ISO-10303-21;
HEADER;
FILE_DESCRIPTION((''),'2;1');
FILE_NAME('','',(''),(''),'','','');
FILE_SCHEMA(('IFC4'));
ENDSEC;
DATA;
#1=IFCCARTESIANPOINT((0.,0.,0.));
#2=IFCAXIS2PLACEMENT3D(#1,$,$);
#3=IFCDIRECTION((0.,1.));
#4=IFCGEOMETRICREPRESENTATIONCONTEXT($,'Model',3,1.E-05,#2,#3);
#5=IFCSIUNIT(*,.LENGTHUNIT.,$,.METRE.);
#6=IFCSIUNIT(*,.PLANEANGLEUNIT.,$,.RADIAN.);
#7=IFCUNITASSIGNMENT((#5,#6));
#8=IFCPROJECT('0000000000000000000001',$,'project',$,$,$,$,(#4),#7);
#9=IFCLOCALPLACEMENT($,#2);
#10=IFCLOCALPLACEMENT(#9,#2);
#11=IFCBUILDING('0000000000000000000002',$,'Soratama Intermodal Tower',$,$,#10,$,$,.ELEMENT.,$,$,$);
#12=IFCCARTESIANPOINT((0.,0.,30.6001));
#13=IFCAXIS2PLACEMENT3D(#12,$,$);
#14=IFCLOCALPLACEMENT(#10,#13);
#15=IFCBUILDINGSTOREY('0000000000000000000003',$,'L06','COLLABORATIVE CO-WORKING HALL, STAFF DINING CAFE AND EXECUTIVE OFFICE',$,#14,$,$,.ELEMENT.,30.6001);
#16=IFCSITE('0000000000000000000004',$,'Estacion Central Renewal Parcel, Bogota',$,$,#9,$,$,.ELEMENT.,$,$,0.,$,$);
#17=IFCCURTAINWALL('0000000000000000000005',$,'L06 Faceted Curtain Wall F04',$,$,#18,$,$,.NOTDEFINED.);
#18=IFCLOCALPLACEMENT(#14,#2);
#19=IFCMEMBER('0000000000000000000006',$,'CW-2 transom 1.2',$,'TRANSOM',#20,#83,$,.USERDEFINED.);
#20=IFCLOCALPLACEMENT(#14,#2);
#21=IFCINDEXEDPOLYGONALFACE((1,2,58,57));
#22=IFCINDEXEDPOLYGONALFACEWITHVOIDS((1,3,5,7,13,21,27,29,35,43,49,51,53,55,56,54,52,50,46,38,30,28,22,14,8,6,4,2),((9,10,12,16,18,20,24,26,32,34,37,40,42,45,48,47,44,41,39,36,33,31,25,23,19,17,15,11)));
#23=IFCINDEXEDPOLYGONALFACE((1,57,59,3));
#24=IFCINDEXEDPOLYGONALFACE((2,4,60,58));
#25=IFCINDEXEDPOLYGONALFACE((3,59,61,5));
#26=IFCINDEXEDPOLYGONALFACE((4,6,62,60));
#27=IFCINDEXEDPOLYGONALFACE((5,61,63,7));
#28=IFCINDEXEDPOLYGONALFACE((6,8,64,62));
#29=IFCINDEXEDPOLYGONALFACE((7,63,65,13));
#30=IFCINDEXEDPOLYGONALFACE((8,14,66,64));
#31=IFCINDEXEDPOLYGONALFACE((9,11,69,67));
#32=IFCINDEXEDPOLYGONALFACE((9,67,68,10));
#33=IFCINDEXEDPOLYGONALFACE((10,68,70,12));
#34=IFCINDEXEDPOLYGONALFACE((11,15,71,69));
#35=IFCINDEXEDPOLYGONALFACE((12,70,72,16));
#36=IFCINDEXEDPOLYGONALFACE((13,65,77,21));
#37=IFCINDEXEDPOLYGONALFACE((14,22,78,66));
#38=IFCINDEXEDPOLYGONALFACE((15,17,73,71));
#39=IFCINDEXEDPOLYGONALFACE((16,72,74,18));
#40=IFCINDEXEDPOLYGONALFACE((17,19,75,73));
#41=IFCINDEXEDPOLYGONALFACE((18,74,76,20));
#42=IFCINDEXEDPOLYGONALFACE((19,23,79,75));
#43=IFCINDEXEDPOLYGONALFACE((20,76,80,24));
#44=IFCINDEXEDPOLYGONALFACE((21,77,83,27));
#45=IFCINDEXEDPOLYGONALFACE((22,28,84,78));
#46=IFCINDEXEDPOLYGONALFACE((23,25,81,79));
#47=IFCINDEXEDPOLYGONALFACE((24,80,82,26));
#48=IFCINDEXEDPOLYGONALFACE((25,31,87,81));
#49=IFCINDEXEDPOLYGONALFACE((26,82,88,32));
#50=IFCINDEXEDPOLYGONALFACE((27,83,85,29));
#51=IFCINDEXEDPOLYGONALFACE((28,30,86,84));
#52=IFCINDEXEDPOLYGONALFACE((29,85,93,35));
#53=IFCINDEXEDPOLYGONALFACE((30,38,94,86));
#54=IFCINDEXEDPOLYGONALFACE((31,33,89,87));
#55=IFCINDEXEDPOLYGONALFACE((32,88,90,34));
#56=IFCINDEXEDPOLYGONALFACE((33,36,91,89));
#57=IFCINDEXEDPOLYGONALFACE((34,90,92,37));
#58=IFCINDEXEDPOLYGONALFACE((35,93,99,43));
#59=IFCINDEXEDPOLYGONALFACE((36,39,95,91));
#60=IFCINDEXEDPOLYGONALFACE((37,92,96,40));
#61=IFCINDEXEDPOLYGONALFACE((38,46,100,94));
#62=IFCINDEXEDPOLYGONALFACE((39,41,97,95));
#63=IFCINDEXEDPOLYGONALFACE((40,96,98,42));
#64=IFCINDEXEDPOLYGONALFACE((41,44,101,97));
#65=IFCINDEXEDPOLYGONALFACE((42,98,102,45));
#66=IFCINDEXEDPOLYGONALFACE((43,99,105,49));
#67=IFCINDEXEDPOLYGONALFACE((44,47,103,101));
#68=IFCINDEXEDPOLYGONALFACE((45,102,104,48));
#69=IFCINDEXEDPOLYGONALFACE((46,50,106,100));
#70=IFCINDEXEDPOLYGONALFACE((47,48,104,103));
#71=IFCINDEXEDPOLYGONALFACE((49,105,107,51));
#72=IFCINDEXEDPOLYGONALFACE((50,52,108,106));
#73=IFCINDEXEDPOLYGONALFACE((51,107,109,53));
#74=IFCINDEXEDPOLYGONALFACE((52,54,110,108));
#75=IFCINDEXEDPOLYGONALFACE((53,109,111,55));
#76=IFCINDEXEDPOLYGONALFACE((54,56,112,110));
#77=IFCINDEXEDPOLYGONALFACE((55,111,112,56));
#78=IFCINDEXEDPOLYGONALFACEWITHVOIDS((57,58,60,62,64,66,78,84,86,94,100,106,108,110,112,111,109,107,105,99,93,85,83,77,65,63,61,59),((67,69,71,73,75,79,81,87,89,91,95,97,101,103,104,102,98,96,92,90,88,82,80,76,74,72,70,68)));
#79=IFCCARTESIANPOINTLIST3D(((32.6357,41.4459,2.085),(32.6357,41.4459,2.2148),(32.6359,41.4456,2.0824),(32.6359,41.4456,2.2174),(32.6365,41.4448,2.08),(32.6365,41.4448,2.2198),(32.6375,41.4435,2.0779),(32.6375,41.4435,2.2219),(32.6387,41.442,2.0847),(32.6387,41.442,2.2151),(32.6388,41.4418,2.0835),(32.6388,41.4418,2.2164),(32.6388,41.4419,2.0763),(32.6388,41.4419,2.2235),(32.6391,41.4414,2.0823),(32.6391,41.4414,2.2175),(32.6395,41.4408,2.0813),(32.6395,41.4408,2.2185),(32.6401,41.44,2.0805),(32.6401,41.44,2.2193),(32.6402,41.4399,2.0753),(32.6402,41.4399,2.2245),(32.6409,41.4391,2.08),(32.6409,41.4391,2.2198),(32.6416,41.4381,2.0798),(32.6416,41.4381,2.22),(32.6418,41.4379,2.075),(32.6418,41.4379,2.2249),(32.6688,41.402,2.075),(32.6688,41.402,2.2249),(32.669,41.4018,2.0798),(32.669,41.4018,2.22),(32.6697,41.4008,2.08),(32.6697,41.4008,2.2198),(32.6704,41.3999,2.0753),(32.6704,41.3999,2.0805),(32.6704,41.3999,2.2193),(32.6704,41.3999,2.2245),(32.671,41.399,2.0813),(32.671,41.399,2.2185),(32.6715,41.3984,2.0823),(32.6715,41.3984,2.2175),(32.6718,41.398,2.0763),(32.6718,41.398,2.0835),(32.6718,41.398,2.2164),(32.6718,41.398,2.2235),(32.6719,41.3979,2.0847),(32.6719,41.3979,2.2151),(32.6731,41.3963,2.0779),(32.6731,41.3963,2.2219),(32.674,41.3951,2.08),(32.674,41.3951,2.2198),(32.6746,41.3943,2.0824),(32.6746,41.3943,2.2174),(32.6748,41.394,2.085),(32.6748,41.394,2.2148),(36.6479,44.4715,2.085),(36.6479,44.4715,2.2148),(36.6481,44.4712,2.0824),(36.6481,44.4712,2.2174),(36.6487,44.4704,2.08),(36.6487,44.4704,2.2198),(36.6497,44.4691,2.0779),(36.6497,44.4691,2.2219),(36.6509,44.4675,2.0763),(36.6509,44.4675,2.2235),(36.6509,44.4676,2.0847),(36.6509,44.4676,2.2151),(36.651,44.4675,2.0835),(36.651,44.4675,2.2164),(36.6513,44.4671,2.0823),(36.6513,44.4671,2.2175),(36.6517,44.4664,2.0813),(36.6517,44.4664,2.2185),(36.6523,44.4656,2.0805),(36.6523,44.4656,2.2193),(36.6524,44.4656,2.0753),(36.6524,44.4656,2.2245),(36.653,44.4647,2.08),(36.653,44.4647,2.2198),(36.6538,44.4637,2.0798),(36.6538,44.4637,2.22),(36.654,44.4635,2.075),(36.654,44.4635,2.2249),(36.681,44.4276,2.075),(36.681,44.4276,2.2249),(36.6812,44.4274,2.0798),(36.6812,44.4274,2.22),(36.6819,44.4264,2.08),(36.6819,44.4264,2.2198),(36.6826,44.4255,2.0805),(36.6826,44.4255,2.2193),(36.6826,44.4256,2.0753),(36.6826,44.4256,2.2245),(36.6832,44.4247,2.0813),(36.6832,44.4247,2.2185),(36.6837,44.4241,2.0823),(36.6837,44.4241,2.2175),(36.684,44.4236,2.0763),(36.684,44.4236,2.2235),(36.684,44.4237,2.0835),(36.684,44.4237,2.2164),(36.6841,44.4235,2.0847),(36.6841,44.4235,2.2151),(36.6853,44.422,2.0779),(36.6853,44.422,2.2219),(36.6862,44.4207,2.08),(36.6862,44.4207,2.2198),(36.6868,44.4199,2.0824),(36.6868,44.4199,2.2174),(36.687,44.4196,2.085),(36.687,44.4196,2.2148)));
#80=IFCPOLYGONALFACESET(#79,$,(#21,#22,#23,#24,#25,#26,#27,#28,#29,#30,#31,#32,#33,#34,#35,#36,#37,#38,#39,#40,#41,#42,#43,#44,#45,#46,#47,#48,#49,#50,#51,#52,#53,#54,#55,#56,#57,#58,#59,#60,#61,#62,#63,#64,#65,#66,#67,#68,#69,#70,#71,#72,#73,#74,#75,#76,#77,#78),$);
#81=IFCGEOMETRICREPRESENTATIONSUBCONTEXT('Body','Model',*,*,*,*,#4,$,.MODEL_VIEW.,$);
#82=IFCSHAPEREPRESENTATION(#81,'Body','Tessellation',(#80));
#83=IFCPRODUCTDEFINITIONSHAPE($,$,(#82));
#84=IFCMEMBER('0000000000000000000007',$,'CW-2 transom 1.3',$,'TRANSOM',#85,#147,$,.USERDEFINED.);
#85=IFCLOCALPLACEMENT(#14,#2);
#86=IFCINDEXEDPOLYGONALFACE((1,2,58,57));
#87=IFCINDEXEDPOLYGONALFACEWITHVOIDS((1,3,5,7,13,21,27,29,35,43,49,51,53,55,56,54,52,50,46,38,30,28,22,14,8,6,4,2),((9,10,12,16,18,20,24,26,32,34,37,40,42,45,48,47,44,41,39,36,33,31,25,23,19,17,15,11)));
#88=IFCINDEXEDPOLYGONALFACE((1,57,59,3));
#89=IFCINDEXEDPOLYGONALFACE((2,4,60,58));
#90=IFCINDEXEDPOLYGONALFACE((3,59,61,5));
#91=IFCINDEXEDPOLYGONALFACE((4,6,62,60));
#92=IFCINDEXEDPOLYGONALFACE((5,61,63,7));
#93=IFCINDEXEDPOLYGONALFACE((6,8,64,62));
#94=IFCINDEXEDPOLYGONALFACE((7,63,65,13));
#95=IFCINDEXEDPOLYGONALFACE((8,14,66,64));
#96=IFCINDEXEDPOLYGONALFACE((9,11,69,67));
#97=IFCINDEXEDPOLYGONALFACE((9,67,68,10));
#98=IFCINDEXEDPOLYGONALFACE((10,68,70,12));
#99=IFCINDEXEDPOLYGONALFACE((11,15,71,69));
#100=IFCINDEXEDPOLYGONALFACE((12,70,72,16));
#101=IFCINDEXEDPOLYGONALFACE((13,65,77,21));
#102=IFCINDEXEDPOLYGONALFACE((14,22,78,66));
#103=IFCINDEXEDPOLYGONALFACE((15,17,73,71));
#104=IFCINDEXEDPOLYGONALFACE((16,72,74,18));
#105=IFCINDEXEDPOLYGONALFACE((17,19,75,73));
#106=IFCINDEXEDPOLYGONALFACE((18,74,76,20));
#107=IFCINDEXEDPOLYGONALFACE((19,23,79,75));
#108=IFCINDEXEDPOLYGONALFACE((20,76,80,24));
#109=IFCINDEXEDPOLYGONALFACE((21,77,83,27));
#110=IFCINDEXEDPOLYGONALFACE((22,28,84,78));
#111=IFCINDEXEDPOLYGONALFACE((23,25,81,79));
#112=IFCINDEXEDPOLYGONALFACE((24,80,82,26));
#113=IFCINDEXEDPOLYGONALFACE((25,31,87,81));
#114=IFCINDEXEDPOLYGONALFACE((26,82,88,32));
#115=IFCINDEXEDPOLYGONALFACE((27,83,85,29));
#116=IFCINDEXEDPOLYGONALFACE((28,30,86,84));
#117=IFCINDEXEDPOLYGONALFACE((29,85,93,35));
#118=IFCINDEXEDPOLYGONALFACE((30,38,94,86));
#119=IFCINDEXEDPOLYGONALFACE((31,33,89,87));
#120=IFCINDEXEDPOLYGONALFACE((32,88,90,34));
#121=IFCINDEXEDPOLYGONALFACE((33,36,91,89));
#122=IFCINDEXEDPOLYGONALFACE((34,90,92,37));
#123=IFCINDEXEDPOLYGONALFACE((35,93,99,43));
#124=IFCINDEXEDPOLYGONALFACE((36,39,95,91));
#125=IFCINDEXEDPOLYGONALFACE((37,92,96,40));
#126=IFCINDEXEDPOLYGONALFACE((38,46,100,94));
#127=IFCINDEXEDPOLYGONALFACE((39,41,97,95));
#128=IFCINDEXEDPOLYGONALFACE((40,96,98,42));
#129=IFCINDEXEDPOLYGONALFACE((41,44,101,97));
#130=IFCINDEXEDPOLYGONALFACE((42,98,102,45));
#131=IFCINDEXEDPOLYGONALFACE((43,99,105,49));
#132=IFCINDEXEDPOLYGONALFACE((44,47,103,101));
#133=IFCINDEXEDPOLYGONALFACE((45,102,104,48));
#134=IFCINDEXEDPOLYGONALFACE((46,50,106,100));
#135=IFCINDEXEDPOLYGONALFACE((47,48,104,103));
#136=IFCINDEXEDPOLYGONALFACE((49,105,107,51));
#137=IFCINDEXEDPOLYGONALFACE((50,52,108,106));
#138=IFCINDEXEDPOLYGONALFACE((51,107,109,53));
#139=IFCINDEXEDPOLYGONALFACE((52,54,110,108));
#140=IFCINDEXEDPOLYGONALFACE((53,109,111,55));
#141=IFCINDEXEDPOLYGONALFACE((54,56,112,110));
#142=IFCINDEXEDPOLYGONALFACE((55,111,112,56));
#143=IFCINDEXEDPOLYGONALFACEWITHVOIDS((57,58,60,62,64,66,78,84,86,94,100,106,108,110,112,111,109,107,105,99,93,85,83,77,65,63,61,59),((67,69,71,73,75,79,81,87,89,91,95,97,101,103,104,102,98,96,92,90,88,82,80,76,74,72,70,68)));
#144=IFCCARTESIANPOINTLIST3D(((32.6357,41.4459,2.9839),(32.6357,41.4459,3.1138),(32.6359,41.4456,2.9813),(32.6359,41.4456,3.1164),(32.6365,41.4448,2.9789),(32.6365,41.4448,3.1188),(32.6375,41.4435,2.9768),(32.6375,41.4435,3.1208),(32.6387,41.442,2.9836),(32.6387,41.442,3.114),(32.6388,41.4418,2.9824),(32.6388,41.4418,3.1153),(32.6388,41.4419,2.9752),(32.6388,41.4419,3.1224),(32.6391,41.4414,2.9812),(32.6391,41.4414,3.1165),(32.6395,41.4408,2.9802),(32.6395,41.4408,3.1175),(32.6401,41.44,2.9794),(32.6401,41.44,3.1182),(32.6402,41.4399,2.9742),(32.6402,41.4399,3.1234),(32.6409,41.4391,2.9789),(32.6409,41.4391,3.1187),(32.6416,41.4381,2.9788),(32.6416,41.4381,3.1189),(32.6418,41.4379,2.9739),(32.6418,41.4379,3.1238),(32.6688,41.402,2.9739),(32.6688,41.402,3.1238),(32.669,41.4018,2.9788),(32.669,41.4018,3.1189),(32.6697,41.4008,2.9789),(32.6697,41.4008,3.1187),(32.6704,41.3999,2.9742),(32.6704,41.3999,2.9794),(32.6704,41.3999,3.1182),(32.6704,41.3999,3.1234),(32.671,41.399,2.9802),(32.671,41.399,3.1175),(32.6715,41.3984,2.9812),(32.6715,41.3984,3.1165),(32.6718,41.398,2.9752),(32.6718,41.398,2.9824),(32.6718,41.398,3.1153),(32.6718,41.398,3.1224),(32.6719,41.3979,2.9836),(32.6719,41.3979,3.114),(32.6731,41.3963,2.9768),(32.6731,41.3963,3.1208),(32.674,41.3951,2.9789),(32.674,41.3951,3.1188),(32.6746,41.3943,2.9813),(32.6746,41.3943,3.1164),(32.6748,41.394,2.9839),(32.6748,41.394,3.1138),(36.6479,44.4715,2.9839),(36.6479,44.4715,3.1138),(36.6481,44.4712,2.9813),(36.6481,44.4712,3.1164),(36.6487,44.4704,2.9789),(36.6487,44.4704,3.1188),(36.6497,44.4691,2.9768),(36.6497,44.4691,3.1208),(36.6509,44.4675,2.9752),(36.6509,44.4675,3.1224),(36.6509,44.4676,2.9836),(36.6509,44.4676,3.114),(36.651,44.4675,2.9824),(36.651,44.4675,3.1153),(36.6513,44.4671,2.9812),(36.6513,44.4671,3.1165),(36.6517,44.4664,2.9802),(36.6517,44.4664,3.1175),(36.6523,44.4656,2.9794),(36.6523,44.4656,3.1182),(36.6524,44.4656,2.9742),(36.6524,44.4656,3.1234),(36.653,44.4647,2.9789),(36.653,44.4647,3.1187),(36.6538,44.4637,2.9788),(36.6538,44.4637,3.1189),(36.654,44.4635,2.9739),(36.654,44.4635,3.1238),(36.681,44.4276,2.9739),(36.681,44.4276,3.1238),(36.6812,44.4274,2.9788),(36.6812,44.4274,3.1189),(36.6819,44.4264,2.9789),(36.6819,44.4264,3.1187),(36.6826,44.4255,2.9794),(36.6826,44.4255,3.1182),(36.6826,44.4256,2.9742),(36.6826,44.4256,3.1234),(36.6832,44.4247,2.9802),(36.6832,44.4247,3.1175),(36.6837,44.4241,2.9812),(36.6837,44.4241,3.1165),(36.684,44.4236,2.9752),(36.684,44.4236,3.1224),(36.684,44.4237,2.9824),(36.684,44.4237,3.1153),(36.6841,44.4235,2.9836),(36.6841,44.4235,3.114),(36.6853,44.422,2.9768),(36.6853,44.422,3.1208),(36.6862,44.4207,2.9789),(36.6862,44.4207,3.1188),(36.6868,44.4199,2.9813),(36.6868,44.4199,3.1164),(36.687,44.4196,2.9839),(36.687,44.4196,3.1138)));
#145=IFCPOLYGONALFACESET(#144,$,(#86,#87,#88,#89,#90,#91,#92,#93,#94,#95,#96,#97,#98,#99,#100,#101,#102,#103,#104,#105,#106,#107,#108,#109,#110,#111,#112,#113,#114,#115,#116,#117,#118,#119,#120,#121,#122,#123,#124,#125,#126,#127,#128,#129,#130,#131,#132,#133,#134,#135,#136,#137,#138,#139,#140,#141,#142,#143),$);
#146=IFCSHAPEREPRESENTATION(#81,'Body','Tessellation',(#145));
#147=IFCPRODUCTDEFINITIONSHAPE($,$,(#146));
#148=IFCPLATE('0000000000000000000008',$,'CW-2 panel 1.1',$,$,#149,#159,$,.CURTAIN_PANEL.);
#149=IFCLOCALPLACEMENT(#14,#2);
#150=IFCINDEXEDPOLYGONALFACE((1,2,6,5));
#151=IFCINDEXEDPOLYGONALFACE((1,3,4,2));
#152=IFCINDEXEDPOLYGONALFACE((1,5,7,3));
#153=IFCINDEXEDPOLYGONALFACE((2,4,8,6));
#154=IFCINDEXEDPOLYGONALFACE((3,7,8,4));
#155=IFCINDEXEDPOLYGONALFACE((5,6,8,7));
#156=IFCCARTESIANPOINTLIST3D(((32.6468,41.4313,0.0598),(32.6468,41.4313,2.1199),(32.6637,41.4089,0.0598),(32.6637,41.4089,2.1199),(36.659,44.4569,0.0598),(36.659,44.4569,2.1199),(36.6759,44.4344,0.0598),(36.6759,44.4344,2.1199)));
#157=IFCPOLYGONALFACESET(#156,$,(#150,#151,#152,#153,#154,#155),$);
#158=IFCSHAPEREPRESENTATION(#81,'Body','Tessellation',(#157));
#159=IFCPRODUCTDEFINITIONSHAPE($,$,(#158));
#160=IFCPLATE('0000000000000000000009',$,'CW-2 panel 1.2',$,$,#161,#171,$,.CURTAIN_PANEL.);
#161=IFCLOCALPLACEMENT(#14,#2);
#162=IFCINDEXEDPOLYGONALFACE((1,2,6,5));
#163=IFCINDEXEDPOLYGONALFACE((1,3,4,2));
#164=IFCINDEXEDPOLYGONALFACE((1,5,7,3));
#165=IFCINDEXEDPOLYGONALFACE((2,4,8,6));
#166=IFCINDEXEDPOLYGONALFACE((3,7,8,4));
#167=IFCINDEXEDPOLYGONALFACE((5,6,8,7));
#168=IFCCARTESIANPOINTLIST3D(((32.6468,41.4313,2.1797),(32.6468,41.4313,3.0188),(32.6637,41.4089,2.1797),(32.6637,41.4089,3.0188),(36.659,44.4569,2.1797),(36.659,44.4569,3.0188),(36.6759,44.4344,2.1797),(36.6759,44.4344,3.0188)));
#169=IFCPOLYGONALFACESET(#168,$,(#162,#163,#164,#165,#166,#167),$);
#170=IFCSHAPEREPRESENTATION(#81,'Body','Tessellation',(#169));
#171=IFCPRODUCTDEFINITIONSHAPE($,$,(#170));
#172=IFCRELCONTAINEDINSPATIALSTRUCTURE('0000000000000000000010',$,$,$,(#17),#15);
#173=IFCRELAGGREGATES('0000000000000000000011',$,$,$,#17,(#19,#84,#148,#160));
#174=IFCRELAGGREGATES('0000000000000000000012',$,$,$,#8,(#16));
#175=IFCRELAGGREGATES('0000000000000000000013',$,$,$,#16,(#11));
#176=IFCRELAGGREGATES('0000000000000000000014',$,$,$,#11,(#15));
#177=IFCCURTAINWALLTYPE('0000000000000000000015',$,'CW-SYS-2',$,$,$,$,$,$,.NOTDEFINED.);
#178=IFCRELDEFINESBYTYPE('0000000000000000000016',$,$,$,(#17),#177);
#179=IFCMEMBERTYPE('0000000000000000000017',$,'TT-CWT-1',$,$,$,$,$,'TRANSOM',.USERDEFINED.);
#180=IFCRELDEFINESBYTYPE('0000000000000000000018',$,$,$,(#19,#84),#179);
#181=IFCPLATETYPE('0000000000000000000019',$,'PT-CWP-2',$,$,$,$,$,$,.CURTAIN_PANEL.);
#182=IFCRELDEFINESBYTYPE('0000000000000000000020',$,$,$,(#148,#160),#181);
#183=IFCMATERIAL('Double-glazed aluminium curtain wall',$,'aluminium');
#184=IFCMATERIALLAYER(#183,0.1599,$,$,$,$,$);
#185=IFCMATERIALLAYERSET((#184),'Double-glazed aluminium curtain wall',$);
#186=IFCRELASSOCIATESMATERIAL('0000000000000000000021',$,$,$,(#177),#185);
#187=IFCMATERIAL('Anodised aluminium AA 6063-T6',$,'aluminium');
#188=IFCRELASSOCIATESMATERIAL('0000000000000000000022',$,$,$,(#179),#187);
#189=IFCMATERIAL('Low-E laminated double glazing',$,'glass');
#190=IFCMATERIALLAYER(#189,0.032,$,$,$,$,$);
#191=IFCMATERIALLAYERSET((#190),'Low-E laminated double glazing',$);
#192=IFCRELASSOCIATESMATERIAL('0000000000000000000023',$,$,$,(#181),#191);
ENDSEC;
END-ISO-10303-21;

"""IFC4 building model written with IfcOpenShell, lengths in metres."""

from ifc_helpers import new_model, si_unit, direction, frame, origin, origin_2d, place, context, subcontext, project, spatial, rectangle, hollow_rectangle, extrude, material, layer, layer_set, material_profile, profile_set, type_object, element, aggregate, save


model = new_model("IFC4")

# Units and contexts
model_context = context("Model", 3, precision=1e-05, world=origin(), true_north=direction((0.0, 1.0)))
body_context = subcontext(model_context, "Body", "Model", "MODEL_VIEW")
ifc_project = project(units=[si_unit("LENGTHUNIT", "METRE"), si_unit("PLANEANGLEUNIT", "RADIAN")], contexts=[model_context])

# Site, building, storey
site_placement = place(None, origin())
site = spatial("IfcSite", under=ifc_project, at=site_placement, Name="Estacion Central Renewal Parcel, Bogota", CompositionType="ELEMENT", RefElevation=0.0)
building_placement = place(site_placement, origin())
building = spatial("IfcBuilding", under=site, at=building_placement, Name="Soratama Intermodal Tower", CompositionType="ELEMENT")
storey_placement = place(building_placement, frame((0.0, 0.0, 30.6001)))
storey = spatial("IfcBuildingStorey", under=building, at=storey_placement, Name="L06", Description="COLLABORATIVE CO-WORKING HALL, STAFF DINING CAFE AND EXECUTIVE OFFICE", CompositionType="ELEMENT", Elevation=30.6001)

# Curtain wall, members, plates
ifc_material_1 = material(Name="Double-glazed aluminium curtain wall", Category="aluminium")
ifc_layer_1 = layer(ifc_material_1, 0.1599)
ifc_layer_set_1 = layer_set([ifc_layer_1], Name="Double-glazed aluminium curtain wall")
curtain_wall_type = type_object("IfcCurtainWallType", Name="CW-SYS-2", PredefinedType="NOTDEFINED", material=ifc_layer_set_1)
curtain_wall_placement = place(storey_placement, origin())
curtain_wall = element("IfcCurtainWall", 1, at=curtain_wall_placement, inside=storey, type_object=curtain_wall_type, Name="L06 Faceted Curtain Wall F04", PredefinedType="NOTDEFINED")
ifc_material_2 = material(Name="Anodised aluminium AA 6063-T6", Category="aluminium")
ifc_material_profile_1 = material_profile(ifc_material_2, hollow_rectangle(XDim=0.0649, YDim=0.1499, WallThickness=0.0049, InnerFilletRadius=0.0049, OuterFilletRadius=0.01, at=origin_2d()), Name="CWT150X65X5")
ifc_profile_set_1 = profile_set([ifc_material_profile_1], Name="Anodised aluminium AA 6063-T6")
member_type_1 = type_object("IfcMemberType", Name="TT-CWT-1", ElementType="TRANSOM", PredefinedType="USERDEFINED", material=ifc_profile_set_1)
member_1_placement = place(storey_placement, frame((36.6675, 44.4456, 2.1499), z_axis=(-0.798423, -0.602097, 0.0), x_axis=(0.602097, -0.798423, 0.0)))
member_1 = element("IfcMember", 2, at=member_1_placement, type_object=member_type_1, Name="CW-2 transom 1.2", ObjectType="TRANSOM", PredefinedType="USERDEFINED", context=body_context, shape_type="SweptSolid", body=[
    extrude(hollow_rectangle(XDim=0.0649, YDim=0.1499, WallThickness=0.0049, InnerFilletRadius=0.0049, OuterFilletRadius=0.01, at=origin_2d()), origin(), (0.0, 0.0, 1.0), 5.0251),
])
member_2_placement = place(storey_placement, frame((36.6675, 44.4456, 3.0488), z_axis=(-0.798423, -0.602097, 0.0), x_axis=(0.602097, -0.798423, 0.0)))
member_2 = element("IfcMember", 3, at=member_2_placement, type_object=member_type_1, Name="CW-2 transom 1.3", ObjectType="TRANSOM", PredefinedType="USERDEFINED", context=body_context, shape_type="SweptSolid", body=[
    extrude(hollow_rectangle(XDim=0.0649, YDim=0.1499, WallThickness=0.0049, InnerFilletRadius=0.0049, OuterFilletRadius=0.01, at=origin_2d()), origin(), (0.0, 0.0, 1.0), 5.0251),
])
ifc_material_3 = material(Name="Low-E laminated double glazing", Category="glass")
ifc_layer_2 = layer(ifc_material_3, 0.032)
ifc_layer_set_2 = layer_set([ifc_layer_2], Name="Low-E laminated double glazing")
plate_type = type_object("IfcPlateType", Name="PT-CWP-2", PredefinedType="CURTAIN_PANEL", material=ifc_layer_set_2)
plate_1_placement = place(storey_placement, frame((34.6614, 42.9329, 0.0598), z_axis=(0.0, 0.0, 1.0), x_axis=(-0.798428, -0.602091, 0.0)))
plate_1 = element("IfcPlate", 4, at=plate_1_placement, type_object=plate_type, Name="CW-2 panel 1.1", PredefinedType="CURTAIN_PANEL", context=body_context, shape_type="SweptSolid", body=[
    extrude(rectangle(XDim=5.0251, YDim=0.0281, at=origin_2d()), origin(), (0.0, 0.0, 1.0), 2.0601),
])
plate_2_placement = place(storey_placement, frame((34.6614, 42.9329, 2.1797), z_axis=(0.0, 0.0, 1.0), x_axis=(-0.798428, -0.602091, 0.0)))
plate_2 = element("IfcPlate", 5, at=plate_2_placement, type_object=plate_type, Name="CW-2 panel 1.2", PredefinedType="CURTAIN_PANEL", context=body_context, shape_type="SweptSolid", body=[
    extrude(rectangle(XDim=5.0251, YDim=0.0281, at=origin_2d()), origin(), (0.0, 0.0, 1.0), 0.8391),
])
aggregate(curtain_wall, [member_1, member_2, plate_1, plate_2])

save(model, "model.ifc")
